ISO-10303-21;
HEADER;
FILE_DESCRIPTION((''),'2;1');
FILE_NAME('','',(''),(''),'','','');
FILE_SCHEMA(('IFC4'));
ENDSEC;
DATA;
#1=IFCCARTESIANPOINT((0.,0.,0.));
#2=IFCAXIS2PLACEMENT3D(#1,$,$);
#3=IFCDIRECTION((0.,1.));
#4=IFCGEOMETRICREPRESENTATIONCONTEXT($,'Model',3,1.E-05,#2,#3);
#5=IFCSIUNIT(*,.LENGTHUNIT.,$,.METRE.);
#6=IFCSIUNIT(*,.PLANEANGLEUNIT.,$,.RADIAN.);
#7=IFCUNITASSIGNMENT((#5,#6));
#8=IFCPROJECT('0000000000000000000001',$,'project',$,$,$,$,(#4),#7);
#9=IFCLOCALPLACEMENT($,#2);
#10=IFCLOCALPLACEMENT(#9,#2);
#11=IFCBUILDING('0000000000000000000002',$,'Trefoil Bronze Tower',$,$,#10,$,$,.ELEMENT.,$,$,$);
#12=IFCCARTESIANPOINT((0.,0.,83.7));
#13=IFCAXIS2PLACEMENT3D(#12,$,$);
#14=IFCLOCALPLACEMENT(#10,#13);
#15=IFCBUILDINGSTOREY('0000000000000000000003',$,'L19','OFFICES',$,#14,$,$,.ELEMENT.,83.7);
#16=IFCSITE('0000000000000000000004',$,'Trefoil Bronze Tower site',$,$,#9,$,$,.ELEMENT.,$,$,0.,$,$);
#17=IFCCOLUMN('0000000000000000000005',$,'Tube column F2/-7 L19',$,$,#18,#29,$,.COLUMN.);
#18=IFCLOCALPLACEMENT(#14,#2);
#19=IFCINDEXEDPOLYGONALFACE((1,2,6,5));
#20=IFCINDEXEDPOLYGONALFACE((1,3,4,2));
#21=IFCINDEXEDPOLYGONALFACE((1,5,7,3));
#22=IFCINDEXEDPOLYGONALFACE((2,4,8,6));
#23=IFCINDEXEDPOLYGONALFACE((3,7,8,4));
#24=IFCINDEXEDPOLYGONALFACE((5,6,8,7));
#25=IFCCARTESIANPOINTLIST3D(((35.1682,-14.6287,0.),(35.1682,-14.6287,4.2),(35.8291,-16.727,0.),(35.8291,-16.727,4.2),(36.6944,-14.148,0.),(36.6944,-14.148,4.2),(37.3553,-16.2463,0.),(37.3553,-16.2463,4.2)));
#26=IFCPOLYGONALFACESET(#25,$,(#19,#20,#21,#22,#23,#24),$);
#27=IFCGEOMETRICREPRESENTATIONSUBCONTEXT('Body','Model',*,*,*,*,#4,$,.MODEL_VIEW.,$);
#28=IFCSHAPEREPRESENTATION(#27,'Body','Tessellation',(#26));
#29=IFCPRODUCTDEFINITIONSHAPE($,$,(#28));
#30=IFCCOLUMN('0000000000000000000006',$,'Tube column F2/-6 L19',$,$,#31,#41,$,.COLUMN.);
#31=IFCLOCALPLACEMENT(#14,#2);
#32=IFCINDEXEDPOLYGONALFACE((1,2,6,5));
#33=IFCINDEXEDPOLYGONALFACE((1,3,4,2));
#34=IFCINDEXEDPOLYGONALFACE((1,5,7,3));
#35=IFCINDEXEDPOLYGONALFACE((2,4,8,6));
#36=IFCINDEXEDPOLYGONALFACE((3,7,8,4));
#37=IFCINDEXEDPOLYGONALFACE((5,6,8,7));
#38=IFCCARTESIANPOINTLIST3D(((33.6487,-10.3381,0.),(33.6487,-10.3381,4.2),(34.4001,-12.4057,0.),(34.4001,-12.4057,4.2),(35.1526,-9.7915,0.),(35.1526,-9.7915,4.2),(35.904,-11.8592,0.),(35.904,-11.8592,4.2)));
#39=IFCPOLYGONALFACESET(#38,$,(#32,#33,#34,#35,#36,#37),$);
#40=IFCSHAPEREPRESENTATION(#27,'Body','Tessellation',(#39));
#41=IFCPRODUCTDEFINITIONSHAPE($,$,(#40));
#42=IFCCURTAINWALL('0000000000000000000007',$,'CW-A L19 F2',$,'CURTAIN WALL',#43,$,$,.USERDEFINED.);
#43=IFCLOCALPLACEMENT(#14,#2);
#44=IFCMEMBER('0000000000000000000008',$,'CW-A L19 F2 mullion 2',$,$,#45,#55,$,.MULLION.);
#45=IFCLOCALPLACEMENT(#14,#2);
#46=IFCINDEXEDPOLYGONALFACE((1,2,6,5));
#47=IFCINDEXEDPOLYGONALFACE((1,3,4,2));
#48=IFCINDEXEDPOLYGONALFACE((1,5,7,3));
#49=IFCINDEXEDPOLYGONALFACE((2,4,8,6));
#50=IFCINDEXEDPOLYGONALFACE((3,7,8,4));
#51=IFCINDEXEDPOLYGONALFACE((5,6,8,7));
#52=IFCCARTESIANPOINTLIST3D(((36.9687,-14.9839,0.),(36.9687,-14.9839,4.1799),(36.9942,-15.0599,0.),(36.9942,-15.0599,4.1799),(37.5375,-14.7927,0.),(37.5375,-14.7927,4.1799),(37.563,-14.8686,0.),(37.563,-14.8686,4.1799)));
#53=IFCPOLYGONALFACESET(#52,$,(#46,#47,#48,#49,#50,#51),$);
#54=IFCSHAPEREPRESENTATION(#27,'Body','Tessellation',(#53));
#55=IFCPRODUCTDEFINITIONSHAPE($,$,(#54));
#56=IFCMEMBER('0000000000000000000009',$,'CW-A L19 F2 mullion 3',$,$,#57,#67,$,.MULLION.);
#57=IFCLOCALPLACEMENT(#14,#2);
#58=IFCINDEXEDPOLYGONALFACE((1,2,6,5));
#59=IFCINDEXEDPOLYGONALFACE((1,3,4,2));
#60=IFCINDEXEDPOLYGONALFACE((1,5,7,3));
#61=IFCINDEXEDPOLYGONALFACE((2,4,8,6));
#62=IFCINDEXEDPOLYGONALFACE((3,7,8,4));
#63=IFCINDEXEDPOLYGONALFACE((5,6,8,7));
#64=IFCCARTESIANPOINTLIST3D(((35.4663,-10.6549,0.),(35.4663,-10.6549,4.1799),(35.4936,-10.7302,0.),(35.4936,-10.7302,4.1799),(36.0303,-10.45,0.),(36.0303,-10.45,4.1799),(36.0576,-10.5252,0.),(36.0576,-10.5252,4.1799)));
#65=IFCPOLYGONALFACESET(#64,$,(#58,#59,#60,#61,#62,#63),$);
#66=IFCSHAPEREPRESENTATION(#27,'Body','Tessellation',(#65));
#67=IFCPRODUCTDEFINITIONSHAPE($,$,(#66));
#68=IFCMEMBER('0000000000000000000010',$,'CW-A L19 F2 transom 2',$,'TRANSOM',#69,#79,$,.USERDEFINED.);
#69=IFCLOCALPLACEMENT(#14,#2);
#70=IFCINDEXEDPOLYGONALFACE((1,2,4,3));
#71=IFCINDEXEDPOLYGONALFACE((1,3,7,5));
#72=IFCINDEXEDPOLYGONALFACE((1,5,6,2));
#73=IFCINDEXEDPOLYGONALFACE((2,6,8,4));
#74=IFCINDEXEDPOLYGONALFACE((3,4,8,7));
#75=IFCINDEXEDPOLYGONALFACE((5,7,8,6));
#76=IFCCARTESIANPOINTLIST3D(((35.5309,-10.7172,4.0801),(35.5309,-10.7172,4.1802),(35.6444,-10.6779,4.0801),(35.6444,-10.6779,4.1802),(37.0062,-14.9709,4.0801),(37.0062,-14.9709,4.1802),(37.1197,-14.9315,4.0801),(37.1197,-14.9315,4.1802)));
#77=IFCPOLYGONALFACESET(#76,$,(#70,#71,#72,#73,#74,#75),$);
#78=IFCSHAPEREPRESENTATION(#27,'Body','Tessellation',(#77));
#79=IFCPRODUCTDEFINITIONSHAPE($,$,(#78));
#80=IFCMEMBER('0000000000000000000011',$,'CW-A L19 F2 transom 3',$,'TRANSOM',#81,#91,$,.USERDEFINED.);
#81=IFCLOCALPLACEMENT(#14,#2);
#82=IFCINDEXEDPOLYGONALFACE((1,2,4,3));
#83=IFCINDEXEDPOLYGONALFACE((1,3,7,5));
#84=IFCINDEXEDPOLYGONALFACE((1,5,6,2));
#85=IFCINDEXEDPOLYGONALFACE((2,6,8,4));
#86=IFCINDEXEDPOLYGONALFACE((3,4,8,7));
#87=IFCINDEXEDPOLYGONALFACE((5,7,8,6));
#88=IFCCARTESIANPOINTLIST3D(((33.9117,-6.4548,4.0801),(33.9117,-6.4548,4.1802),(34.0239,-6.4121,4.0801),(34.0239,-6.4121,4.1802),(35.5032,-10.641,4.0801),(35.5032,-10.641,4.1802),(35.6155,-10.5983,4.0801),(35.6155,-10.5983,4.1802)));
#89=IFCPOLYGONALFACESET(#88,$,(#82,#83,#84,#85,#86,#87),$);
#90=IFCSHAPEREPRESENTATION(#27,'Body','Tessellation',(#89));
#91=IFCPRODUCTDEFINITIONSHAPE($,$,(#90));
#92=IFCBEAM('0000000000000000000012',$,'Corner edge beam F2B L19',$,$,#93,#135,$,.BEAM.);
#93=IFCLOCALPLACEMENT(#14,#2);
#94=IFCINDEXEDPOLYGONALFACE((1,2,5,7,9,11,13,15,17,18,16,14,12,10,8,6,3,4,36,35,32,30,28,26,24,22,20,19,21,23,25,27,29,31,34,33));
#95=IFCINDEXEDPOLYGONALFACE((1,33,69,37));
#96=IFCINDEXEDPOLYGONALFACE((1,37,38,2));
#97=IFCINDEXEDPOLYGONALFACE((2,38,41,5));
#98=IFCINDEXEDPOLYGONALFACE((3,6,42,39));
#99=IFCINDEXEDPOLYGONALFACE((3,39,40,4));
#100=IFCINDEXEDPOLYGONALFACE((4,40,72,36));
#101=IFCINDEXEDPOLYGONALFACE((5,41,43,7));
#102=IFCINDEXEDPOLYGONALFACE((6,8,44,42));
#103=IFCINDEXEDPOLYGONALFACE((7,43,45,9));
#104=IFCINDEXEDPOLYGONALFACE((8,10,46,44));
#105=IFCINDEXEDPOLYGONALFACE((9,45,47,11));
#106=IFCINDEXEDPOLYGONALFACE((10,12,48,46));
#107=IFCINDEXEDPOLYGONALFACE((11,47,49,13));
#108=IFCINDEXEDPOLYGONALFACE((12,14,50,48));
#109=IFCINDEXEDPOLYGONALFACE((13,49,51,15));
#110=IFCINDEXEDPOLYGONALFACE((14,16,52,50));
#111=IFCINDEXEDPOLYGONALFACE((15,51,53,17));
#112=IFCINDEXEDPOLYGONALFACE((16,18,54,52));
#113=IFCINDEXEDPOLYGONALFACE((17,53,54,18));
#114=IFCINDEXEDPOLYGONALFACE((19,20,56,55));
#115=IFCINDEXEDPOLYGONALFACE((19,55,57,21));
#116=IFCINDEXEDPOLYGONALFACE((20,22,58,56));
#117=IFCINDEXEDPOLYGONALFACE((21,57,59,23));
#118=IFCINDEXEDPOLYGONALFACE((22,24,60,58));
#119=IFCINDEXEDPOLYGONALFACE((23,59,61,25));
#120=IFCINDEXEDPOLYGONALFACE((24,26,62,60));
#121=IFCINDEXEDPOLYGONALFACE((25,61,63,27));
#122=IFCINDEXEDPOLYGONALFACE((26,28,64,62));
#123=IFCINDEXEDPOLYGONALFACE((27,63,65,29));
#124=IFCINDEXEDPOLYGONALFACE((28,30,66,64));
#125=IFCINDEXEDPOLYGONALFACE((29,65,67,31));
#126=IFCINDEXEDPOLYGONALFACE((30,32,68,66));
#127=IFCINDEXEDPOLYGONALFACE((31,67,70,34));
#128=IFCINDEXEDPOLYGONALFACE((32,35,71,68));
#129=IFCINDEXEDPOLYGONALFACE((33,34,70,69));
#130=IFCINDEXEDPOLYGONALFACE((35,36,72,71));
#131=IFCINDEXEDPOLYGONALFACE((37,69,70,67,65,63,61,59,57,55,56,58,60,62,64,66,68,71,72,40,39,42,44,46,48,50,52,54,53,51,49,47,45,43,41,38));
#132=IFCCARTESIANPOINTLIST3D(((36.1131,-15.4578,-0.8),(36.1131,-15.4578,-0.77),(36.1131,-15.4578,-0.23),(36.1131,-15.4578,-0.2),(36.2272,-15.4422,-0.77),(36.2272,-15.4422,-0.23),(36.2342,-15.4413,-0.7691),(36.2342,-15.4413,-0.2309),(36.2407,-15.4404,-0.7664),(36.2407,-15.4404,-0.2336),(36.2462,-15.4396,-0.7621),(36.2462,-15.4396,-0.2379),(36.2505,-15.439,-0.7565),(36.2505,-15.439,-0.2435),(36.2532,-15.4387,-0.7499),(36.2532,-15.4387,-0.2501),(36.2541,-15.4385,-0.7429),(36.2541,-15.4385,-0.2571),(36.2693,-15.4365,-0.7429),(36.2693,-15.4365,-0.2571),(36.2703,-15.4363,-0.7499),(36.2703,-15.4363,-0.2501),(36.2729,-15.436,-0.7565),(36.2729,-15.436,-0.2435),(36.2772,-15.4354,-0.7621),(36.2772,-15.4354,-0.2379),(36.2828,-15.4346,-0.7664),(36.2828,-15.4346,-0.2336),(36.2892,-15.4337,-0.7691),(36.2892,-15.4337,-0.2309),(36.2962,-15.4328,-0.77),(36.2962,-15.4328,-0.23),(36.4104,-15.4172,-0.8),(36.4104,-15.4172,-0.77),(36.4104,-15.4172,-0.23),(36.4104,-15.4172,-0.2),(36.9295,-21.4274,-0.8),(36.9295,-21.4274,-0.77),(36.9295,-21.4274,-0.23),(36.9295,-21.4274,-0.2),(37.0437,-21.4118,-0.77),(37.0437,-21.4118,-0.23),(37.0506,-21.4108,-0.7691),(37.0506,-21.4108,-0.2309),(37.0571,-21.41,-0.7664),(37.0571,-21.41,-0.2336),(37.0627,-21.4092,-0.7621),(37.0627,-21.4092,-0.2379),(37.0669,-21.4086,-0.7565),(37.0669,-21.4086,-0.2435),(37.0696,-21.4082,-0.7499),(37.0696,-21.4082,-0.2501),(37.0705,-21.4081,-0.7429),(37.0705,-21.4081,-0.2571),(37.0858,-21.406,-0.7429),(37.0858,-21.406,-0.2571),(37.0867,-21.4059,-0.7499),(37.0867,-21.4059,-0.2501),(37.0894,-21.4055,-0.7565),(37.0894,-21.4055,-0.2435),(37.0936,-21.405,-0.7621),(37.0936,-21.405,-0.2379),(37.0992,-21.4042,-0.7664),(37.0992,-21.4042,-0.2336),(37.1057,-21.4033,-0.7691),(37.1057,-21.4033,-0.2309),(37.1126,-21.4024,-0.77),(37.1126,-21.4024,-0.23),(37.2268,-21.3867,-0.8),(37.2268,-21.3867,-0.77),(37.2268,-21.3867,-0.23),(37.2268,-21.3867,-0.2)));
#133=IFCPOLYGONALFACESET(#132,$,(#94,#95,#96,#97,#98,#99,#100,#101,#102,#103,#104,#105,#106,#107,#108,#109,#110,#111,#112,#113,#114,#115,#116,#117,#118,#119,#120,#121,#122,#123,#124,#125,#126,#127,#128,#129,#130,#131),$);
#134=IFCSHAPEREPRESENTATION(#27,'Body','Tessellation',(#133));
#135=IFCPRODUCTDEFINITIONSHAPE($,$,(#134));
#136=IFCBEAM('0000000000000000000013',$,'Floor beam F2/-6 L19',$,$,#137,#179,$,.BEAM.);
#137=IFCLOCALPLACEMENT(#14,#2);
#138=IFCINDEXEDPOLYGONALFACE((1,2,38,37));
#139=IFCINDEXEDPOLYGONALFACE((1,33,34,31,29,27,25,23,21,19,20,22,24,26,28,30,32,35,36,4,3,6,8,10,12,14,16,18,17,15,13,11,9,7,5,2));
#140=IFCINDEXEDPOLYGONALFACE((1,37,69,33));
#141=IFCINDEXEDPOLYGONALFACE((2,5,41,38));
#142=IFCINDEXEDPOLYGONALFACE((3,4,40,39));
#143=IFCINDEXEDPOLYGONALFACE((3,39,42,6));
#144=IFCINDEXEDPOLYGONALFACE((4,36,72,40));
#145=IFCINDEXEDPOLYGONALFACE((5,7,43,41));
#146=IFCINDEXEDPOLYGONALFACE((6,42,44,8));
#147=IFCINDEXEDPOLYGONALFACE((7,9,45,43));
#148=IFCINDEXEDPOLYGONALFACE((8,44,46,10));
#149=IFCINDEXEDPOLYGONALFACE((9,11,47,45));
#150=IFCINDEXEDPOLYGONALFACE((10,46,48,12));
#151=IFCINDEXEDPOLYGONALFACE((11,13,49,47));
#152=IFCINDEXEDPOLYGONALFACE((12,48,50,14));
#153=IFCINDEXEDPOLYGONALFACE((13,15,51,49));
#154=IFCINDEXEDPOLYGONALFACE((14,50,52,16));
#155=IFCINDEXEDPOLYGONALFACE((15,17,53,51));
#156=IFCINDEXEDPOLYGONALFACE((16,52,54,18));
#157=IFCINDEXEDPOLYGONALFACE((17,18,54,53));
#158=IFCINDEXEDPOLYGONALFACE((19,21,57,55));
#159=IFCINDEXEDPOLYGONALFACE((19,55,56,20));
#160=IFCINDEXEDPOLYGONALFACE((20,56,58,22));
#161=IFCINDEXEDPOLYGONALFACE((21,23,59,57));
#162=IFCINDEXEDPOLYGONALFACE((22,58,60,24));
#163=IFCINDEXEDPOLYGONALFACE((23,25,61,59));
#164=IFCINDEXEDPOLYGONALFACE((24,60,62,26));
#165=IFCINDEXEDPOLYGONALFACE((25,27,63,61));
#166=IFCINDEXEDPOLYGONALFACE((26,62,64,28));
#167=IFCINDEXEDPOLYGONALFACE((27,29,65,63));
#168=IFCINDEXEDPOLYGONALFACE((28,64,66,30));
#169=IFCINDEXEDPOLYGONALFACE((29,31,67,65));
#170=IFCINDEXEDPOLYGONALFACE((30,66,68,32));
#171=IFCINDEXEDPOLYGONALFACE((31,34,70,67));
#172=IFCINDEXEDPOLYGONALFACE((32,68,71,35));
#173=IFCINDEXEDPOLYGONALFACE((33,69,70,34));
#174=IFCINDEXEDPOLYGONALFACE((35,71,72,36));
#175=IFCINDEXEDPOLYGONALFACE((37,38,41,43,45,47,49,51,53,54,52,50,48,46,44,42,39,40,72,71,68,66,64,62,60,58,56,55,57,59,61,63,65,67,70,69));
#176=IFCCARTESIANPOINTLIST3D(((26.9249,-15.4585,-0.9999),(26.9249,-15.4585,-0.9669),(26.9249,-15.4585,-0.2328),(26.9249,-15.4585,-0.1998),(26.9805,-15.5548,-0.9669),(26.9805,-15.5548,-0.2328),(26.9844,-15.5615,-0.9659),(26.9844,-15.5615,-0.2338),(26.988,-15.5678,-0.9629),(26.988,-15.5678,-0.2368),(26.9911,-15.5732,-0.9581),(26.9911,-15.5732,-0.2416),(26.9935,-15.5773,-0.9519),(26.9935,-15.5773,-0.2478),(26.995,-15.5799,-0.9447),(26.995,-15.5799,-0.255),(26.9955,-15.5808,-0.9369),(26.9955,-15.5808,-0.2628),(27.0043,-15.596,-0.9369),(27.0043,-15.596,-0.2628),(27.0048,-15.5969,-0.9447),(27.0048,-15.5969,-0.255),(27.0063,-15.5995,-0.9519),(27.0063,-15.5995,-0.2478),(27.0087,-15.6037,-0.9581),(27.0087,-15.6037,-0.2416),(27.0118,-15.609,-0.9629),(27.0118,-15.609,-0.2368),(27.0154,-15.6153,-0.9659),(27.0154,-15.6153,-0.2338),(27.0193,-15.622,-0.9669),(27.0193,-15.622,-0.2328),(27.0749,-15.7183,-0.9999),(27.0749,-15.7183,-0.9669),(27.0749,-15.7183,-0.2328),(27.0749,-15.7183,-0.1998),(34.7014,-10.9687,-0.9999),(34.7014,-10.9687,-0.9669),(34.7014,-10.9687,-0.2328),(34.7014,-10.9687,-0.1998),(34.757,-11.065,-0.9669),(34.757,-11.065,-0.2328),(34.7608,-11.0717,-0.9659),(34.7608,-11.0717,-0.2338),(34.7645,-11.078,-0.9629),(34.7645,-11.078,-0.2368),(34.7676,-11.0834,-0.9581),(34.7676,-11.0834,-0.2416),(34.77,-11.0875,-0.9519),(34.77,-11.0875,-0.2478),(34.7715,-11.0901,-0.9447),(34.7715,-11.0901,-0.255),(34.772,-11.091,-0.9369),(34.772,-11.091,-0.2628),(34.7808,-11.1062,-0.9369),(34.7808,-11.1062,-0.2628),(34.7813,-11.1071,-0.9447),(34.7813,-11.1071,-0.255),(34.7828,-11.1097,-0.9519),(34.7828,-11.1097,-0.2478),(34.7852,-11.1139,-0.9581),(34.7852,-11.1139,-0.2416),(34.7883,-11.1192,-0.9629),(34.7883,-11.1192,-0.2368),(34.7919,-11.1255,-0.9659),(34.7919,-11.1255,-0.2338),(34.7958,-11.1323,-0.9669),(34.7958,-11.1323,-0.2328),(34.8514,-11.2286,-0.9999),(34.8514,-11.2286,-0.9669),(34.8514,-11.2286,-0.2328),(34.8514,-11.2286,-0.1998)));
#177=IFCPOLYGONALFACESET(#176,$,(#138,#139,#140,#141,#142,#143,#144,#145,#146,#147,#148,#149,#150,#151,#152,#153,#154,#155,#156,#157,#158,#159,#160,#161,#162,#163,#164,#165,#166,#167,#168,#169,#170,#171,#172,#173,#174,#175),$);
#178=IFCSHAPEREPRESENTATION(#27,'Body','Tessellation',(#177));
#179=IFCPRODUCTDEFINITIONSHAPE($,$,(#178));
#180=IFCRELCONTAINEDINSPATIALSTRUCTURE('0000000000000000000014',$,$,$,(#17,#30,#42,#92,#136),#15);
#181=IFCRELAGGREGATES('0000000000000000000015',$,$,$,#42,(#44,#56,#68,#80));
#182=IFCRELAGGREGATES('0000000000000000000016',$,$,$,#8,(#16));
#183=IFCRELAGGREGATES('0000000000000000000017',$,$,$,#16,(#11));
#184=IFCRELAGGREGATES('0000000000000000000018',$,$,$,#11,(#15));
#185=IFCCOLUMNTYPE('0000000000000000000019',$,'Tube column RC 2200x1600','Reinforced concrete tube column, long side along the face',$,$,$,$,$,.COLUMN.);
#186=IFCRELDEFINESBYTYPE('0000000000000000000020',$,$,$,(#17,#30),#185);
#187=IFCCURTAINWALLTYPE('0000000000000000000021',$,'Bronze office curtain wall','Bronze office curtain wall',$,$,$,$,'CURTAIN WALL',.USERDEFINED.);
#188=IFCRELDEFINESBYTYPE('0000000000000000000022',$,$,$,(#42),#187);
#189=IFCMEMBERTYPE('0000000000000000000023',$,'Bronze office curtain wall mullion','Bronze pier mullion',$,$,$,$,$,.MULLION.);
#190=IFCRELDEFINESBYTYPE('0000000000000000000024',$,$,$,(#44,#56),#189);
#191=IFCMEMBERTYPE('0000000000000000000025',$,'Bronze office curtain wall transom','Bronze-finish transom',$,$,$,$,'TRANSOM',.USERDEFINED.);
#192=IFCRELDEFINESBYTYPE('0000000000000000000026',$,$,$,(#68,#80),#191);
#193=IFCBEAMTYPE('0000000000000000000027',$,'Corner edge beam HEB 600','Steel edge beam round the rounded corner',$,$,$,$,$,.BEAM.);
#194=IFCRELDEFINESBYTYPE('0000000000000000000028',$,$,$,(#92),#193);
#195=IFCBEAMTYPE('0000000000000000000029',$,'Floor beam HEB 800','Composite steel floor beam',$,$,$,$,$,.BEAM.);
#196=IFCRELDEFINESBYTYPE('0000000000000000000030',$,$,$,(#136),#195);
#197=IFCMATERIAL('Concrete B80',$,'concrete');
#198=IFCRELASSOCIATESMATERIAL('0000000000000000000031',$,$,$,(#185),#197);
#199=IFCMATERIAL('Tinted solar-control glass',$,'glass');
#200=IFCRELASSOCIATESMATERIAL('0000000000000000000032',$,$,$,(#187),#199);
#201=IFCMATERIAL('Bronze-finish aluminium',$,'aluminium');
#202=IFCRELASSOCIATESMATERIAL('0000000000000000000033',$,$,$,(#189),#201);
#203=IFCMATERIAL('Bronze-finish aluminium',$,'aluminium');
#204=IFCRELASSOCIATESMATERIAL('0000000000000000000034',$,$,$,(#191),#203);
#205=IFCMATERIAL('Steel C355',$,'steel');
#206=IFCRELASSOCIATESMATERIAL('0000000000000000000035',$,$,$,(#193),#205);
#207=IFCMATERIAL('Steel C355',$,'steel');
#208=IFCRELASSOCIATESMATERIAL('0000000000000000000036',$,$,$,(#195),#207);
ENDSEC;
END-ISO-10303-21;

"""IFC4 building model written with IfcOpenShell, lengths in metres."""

from ifc_helpers import new_model, si_unit, direction, frame, origin, origin_2d, place, context, subcontext, project, spatial, rectangle, i_section, extrude, material, material_profile, profile_set, type_object, element, aggregate, save


model = new_model("IFC4")

# Units and contexts
model_context = context("Model", 3, precision=1e-05, world=origin(), true_north=direction((0.0, 1.0)))
body_context = subcontext(model_context, "Body", "Model", "MODEL_VIEW")
ifc_project = project(units=[si_unit("LENGTHUNIT", "METRE"), si_unit("PLANEANGLEUNIT", "RADIAN")], contexts=[model_context])

# Site, building, storey
site_placement = place(None, origin())
site = spatial("IfcSite", under=ifc_project, at=site_placement, Name="Trefoil Bronze Tower site", CompositionType="ELEMENT", RefElevation=0.0)
building_placement = place(site_placement, origin())
building = spatial("IfcBuilding", under=site, at=building_placement, Name="Trefoil Bronze Tower", CompositionType="ELEMENT")
storey_placement = place(building_placement, frame((0.0, 0.0, 83.7)))
storey = spatial("IfcBuildingStorey", under=building, at=storey_placement, Name="L19", Description="OFFICES", CompositionType="ELEMENT", Elevation=83.7)

# Columns
ifc_material_1 = material(Name="Concrete B80", Category="concrete")
ifc_material_profile_1 = material_profile(ifc_material_1, rectangle(XDim=2.2, YDim=1.6001, at=origin_2d()), Name="RC 2200x1600")
ifc_profile_set_1 = profile_set([ifc_material_profile_1], Name="Concrete B80")
column_type = type_object("IfcColumnType", Name="Tube column RC 2200x1600", Description="Reinforced concrete tube column, long side along the face", PredefinedType="COLUMN", material=ifc_profile_set_1)
for number, where, z_axis, x_axis, name in (
    (1, (36.2617, -15.4375, 0.0), (0.0, 0.0, 1.0), (-0.300414, 0.953809, 0.0), "Tube column F2/-7 L19"),
    (2, (34.7764, -11.0986, 0.0), (0.0, 0.0, 1.0), (-0.341559, 0.93986, 0.0), "Tube column F2/-6 L19"),
):
    element("IfcColumn", number, at=place(storey_placement, frame(where, z_axis=z_axis, x_axis=x_axis)), inside=storey, type_object=column_type, Name=name, PredefinedType="COLUMN", context=body_context, shape_type="SweptSolid", body=[
        extrude(rectangle(XDim=2.2, YDim=1.6001, at=origin_2d()), origin(), (0.0, 0.0, 1.0), 4.2),
    ])

# Curtain wall, members
ifc_material_2 = material(Name="Tinted solar-control glass", Category="glass")
curtain_wall_type = type_object("IfcCurtainWallType", Name="Bronze office curtain wall", Description="Bronze office curtain wall", ElementType="CURTAIN WALL", PredefinedType="USERDEFINED", material=ifc_material_2)
curtain_wall_placement = place(storey_placement, origin())
curtain_wall = element("IfcCurtainWall", 3, at=curtain_wall_placement, inside=storey, type_object=curtain_wall_type, Name="CW-A L19 F2", ObjectType="CURTAIN WALL", PredefinedType="USERDEFINED")
ifc_material_3 = material(Name="Bronze-finish aluminium", Category="aluminium")
ifc_material_profile_2 = material_profile(ifc_material_3, rectangle(XDim=0.6001, YDim=0.0801, at=origin_2d()), Name="CW-A mullion")
ifc_profile_set_2 = profile_set([ifc_material_profile_2], Name="Bronze-finish aluminium")
member_type_1 = type_object("IfcMemberType", Name="Bronze office curtain wall mullion", Description="Bronze pier mullion", PredefinedType="MULLION", material=ifc_profile_set_2)
member_1_placement = place(storey_placement, frame((37.2659, -14.9263, 0.0), z_axis=(0.0, 0.0, 1.0), x_axis=(-0.947851, -0.318715, 0.0)))
member_1 = element("IfcMember", 4, at=member_1_placement, type_object=member_type_1, Name="CW-A L19 F2 mullion 2", PredefinedType="MULLION", context=body_context, shape_type="SweptSolid", body=[
    extrude(rectangle(XDim=0.6001, YDim=0.0801, at=origin_2d()), origin(), (0.0, 0.0, 1.0), 4.1799),
])
member_2_placement = place(storey_placement, frame((35.762, -10.5901, 0.0), z_axis=(0.0, 0.0, 1.0), x_axis=(-0.93986, -0.341559, 0.0)))
member_2 = element("IfcMember", 5, at=member_2_placement, type_object=member_type_1, Name="CW-A L19 F2 mullion 3", PredefinedType="MULLION", context=body_context, shape_type="SweptSolid", body=[
    extrude(rectangle(XDim=0.6001, YDim=0.0801, at=origin_2d()), origin(), (0.0, 0.0, 1.0), 4.1799),
])
ifc_material_4 = material(Name="Bronze-finish aluminium", Category="aluminium")
ifc_material_profile_3 = material_profile(ifc_material_4, rectangle(XDim=0.1201, YDim=0.1001, at=origin_2d()), Name="CW-A transom")
ifc_profile_set_3 = profile_set([ifc_material_profile_3], Name="Bronze-finish aluminium")
member_type_2 = type_object("IfcMemberType", Name="Bronze office curtain wall transom", Description="Bronze-finish transom", ElementType="TRANSOM", PredefinedType="USERDEFINED", material=ifc_profile_set_3)
member_3_placement = place(storey_placement, frame((37.063, -14.9512, 4.1301), z_axis=(-0.32769, 0.944785, 0.0), x_axis=(-0.944785, -0.32769, 0.0)))
member_3 = element("IfcMember", 6, at=member_3_placement, type_object=member_type_2, Name="CW-A L19 F2 transom 2", ObjectType="TRANSOM", PredefinedType="USERDEFINED", context=body_context, shape_type="SweptSolid", body=[
    extrude(rectangle(XDim=0.1201, YDim=0.1001, at=origin_2d()), origin(), (0.0, 0.0, 1.0), 4.5022),
])
member_4_placement = place(storey_placement, frame((35.5593, -10.6196, 4.1301), z_axis=(-0.355367, 0.934727, 0.0), x_axis=(-0.934727, -0.355367, 0.0)))
member_4 = element("IfcMember", 7, at=member_4_placement, type_object=member_type_2, Name="CW-A L19 F2 transom 3", ObjectType="TRANSOM", PredefinedType="USERDEFINED", context=body_context, shape_type="SweptSolid", body=[
    extrude(rectangle(XDim=0.1201, YDim=0.1001, at=origin_2d()), origin(), (0.0, 0.0, 1.0), 4.4785),
])

# Beams
ifc_material_5 = material(Name="Steel C355", Category="steel")
ifc_material_profile_4 = material_profile(ifc_material_5, i_section(OverallWidth=0.3, OverallDepth=0.6001, WebThickness=0.0154, FlangeThickness=0.03, FilletRadius=0.0271, at=origin_2d()), Name="HEB 600")
ifc_profile_set_4 = profile_set([ifc_material_profile_4], Name="Steel C355")
beam_type_1 = type_object("IfcBeamType", Name="Corner edge beam HEB 600", Description="Steel edge beam round the rounded corner", PredefinedType="BEAM", material=ifc_profile_set_4)
beam_1_placement = place(storey_placement, frame((36.2617, -15.4375, -0.5), z_axis=(0.135502, -0.990777, 0.0), x_axis=(0.990777, 0.135502, 0.0)))
element("IfcBeam", 8, at=beam_1_placement, inside=storey, type_object=beam_type_1, Name="Corner edge beam F2B L19", PredefinedType="BEAM", context=body_context, shape_type="SweptSolid", body=[
    extrude(i_section(OverallWidth=0.3, OverallDepth=0.6001, WebThickness=0.0154, FlangeThickness=0.03, FilletRadius=0.0271, at=origin_2d()), origin(), (0.0, 0.0, 1.0), 6.0251),
])
ifc_material_6 = material(Name="Steel C355", Category="steel")
ifc_material_profile_5 = material_profile(ifc_material_6, i_section(OverallWidth=0.3, OverallDepth=0.8, WebThickness=0.0176, FlangeThickness=0.033, FilletRadius=0.03, at=origin_2d()), Name="HEB 800")
ifc_profile_set_5 = profile_set([ifc_material_profile_5], Name="Steel C355")
beam_type_2 = type_object("IfcBeamType", Name="Floor beam HEB 800", Description="Composite steel floor beam", PredefinedType="BEAM", material=ifc_profile_set_5)
beam_2_placement = place(storey_placement, frame((34.7764, -11.0986, -0.5999), z_axis=(-0.866023, -0.500005, 0.0), x_axis=(0.500005, -0.866023, 0.0)))
element("IfcBeam", 9, at=beam_2_placement, inside=storey, type_object=beam_type_2, Name="Floor beam F2/-6 L19", PredefinedType="BEAM", context=body_context, shape_type="SweptSolid", body=[
    extrude(i_section(OverallWidth=0.3, OverallDepth=0.8, WebThickness=0.0176, FlangeThickness=0.033, FilletRadius=0.03, at=origin_2d()), origin(), (0.0, 0.0, 1.0), 8.9795),
])

aggregate(curtain_wall, [member_1, member_2, member_3, member_4])

save(model, "model.ifc")
